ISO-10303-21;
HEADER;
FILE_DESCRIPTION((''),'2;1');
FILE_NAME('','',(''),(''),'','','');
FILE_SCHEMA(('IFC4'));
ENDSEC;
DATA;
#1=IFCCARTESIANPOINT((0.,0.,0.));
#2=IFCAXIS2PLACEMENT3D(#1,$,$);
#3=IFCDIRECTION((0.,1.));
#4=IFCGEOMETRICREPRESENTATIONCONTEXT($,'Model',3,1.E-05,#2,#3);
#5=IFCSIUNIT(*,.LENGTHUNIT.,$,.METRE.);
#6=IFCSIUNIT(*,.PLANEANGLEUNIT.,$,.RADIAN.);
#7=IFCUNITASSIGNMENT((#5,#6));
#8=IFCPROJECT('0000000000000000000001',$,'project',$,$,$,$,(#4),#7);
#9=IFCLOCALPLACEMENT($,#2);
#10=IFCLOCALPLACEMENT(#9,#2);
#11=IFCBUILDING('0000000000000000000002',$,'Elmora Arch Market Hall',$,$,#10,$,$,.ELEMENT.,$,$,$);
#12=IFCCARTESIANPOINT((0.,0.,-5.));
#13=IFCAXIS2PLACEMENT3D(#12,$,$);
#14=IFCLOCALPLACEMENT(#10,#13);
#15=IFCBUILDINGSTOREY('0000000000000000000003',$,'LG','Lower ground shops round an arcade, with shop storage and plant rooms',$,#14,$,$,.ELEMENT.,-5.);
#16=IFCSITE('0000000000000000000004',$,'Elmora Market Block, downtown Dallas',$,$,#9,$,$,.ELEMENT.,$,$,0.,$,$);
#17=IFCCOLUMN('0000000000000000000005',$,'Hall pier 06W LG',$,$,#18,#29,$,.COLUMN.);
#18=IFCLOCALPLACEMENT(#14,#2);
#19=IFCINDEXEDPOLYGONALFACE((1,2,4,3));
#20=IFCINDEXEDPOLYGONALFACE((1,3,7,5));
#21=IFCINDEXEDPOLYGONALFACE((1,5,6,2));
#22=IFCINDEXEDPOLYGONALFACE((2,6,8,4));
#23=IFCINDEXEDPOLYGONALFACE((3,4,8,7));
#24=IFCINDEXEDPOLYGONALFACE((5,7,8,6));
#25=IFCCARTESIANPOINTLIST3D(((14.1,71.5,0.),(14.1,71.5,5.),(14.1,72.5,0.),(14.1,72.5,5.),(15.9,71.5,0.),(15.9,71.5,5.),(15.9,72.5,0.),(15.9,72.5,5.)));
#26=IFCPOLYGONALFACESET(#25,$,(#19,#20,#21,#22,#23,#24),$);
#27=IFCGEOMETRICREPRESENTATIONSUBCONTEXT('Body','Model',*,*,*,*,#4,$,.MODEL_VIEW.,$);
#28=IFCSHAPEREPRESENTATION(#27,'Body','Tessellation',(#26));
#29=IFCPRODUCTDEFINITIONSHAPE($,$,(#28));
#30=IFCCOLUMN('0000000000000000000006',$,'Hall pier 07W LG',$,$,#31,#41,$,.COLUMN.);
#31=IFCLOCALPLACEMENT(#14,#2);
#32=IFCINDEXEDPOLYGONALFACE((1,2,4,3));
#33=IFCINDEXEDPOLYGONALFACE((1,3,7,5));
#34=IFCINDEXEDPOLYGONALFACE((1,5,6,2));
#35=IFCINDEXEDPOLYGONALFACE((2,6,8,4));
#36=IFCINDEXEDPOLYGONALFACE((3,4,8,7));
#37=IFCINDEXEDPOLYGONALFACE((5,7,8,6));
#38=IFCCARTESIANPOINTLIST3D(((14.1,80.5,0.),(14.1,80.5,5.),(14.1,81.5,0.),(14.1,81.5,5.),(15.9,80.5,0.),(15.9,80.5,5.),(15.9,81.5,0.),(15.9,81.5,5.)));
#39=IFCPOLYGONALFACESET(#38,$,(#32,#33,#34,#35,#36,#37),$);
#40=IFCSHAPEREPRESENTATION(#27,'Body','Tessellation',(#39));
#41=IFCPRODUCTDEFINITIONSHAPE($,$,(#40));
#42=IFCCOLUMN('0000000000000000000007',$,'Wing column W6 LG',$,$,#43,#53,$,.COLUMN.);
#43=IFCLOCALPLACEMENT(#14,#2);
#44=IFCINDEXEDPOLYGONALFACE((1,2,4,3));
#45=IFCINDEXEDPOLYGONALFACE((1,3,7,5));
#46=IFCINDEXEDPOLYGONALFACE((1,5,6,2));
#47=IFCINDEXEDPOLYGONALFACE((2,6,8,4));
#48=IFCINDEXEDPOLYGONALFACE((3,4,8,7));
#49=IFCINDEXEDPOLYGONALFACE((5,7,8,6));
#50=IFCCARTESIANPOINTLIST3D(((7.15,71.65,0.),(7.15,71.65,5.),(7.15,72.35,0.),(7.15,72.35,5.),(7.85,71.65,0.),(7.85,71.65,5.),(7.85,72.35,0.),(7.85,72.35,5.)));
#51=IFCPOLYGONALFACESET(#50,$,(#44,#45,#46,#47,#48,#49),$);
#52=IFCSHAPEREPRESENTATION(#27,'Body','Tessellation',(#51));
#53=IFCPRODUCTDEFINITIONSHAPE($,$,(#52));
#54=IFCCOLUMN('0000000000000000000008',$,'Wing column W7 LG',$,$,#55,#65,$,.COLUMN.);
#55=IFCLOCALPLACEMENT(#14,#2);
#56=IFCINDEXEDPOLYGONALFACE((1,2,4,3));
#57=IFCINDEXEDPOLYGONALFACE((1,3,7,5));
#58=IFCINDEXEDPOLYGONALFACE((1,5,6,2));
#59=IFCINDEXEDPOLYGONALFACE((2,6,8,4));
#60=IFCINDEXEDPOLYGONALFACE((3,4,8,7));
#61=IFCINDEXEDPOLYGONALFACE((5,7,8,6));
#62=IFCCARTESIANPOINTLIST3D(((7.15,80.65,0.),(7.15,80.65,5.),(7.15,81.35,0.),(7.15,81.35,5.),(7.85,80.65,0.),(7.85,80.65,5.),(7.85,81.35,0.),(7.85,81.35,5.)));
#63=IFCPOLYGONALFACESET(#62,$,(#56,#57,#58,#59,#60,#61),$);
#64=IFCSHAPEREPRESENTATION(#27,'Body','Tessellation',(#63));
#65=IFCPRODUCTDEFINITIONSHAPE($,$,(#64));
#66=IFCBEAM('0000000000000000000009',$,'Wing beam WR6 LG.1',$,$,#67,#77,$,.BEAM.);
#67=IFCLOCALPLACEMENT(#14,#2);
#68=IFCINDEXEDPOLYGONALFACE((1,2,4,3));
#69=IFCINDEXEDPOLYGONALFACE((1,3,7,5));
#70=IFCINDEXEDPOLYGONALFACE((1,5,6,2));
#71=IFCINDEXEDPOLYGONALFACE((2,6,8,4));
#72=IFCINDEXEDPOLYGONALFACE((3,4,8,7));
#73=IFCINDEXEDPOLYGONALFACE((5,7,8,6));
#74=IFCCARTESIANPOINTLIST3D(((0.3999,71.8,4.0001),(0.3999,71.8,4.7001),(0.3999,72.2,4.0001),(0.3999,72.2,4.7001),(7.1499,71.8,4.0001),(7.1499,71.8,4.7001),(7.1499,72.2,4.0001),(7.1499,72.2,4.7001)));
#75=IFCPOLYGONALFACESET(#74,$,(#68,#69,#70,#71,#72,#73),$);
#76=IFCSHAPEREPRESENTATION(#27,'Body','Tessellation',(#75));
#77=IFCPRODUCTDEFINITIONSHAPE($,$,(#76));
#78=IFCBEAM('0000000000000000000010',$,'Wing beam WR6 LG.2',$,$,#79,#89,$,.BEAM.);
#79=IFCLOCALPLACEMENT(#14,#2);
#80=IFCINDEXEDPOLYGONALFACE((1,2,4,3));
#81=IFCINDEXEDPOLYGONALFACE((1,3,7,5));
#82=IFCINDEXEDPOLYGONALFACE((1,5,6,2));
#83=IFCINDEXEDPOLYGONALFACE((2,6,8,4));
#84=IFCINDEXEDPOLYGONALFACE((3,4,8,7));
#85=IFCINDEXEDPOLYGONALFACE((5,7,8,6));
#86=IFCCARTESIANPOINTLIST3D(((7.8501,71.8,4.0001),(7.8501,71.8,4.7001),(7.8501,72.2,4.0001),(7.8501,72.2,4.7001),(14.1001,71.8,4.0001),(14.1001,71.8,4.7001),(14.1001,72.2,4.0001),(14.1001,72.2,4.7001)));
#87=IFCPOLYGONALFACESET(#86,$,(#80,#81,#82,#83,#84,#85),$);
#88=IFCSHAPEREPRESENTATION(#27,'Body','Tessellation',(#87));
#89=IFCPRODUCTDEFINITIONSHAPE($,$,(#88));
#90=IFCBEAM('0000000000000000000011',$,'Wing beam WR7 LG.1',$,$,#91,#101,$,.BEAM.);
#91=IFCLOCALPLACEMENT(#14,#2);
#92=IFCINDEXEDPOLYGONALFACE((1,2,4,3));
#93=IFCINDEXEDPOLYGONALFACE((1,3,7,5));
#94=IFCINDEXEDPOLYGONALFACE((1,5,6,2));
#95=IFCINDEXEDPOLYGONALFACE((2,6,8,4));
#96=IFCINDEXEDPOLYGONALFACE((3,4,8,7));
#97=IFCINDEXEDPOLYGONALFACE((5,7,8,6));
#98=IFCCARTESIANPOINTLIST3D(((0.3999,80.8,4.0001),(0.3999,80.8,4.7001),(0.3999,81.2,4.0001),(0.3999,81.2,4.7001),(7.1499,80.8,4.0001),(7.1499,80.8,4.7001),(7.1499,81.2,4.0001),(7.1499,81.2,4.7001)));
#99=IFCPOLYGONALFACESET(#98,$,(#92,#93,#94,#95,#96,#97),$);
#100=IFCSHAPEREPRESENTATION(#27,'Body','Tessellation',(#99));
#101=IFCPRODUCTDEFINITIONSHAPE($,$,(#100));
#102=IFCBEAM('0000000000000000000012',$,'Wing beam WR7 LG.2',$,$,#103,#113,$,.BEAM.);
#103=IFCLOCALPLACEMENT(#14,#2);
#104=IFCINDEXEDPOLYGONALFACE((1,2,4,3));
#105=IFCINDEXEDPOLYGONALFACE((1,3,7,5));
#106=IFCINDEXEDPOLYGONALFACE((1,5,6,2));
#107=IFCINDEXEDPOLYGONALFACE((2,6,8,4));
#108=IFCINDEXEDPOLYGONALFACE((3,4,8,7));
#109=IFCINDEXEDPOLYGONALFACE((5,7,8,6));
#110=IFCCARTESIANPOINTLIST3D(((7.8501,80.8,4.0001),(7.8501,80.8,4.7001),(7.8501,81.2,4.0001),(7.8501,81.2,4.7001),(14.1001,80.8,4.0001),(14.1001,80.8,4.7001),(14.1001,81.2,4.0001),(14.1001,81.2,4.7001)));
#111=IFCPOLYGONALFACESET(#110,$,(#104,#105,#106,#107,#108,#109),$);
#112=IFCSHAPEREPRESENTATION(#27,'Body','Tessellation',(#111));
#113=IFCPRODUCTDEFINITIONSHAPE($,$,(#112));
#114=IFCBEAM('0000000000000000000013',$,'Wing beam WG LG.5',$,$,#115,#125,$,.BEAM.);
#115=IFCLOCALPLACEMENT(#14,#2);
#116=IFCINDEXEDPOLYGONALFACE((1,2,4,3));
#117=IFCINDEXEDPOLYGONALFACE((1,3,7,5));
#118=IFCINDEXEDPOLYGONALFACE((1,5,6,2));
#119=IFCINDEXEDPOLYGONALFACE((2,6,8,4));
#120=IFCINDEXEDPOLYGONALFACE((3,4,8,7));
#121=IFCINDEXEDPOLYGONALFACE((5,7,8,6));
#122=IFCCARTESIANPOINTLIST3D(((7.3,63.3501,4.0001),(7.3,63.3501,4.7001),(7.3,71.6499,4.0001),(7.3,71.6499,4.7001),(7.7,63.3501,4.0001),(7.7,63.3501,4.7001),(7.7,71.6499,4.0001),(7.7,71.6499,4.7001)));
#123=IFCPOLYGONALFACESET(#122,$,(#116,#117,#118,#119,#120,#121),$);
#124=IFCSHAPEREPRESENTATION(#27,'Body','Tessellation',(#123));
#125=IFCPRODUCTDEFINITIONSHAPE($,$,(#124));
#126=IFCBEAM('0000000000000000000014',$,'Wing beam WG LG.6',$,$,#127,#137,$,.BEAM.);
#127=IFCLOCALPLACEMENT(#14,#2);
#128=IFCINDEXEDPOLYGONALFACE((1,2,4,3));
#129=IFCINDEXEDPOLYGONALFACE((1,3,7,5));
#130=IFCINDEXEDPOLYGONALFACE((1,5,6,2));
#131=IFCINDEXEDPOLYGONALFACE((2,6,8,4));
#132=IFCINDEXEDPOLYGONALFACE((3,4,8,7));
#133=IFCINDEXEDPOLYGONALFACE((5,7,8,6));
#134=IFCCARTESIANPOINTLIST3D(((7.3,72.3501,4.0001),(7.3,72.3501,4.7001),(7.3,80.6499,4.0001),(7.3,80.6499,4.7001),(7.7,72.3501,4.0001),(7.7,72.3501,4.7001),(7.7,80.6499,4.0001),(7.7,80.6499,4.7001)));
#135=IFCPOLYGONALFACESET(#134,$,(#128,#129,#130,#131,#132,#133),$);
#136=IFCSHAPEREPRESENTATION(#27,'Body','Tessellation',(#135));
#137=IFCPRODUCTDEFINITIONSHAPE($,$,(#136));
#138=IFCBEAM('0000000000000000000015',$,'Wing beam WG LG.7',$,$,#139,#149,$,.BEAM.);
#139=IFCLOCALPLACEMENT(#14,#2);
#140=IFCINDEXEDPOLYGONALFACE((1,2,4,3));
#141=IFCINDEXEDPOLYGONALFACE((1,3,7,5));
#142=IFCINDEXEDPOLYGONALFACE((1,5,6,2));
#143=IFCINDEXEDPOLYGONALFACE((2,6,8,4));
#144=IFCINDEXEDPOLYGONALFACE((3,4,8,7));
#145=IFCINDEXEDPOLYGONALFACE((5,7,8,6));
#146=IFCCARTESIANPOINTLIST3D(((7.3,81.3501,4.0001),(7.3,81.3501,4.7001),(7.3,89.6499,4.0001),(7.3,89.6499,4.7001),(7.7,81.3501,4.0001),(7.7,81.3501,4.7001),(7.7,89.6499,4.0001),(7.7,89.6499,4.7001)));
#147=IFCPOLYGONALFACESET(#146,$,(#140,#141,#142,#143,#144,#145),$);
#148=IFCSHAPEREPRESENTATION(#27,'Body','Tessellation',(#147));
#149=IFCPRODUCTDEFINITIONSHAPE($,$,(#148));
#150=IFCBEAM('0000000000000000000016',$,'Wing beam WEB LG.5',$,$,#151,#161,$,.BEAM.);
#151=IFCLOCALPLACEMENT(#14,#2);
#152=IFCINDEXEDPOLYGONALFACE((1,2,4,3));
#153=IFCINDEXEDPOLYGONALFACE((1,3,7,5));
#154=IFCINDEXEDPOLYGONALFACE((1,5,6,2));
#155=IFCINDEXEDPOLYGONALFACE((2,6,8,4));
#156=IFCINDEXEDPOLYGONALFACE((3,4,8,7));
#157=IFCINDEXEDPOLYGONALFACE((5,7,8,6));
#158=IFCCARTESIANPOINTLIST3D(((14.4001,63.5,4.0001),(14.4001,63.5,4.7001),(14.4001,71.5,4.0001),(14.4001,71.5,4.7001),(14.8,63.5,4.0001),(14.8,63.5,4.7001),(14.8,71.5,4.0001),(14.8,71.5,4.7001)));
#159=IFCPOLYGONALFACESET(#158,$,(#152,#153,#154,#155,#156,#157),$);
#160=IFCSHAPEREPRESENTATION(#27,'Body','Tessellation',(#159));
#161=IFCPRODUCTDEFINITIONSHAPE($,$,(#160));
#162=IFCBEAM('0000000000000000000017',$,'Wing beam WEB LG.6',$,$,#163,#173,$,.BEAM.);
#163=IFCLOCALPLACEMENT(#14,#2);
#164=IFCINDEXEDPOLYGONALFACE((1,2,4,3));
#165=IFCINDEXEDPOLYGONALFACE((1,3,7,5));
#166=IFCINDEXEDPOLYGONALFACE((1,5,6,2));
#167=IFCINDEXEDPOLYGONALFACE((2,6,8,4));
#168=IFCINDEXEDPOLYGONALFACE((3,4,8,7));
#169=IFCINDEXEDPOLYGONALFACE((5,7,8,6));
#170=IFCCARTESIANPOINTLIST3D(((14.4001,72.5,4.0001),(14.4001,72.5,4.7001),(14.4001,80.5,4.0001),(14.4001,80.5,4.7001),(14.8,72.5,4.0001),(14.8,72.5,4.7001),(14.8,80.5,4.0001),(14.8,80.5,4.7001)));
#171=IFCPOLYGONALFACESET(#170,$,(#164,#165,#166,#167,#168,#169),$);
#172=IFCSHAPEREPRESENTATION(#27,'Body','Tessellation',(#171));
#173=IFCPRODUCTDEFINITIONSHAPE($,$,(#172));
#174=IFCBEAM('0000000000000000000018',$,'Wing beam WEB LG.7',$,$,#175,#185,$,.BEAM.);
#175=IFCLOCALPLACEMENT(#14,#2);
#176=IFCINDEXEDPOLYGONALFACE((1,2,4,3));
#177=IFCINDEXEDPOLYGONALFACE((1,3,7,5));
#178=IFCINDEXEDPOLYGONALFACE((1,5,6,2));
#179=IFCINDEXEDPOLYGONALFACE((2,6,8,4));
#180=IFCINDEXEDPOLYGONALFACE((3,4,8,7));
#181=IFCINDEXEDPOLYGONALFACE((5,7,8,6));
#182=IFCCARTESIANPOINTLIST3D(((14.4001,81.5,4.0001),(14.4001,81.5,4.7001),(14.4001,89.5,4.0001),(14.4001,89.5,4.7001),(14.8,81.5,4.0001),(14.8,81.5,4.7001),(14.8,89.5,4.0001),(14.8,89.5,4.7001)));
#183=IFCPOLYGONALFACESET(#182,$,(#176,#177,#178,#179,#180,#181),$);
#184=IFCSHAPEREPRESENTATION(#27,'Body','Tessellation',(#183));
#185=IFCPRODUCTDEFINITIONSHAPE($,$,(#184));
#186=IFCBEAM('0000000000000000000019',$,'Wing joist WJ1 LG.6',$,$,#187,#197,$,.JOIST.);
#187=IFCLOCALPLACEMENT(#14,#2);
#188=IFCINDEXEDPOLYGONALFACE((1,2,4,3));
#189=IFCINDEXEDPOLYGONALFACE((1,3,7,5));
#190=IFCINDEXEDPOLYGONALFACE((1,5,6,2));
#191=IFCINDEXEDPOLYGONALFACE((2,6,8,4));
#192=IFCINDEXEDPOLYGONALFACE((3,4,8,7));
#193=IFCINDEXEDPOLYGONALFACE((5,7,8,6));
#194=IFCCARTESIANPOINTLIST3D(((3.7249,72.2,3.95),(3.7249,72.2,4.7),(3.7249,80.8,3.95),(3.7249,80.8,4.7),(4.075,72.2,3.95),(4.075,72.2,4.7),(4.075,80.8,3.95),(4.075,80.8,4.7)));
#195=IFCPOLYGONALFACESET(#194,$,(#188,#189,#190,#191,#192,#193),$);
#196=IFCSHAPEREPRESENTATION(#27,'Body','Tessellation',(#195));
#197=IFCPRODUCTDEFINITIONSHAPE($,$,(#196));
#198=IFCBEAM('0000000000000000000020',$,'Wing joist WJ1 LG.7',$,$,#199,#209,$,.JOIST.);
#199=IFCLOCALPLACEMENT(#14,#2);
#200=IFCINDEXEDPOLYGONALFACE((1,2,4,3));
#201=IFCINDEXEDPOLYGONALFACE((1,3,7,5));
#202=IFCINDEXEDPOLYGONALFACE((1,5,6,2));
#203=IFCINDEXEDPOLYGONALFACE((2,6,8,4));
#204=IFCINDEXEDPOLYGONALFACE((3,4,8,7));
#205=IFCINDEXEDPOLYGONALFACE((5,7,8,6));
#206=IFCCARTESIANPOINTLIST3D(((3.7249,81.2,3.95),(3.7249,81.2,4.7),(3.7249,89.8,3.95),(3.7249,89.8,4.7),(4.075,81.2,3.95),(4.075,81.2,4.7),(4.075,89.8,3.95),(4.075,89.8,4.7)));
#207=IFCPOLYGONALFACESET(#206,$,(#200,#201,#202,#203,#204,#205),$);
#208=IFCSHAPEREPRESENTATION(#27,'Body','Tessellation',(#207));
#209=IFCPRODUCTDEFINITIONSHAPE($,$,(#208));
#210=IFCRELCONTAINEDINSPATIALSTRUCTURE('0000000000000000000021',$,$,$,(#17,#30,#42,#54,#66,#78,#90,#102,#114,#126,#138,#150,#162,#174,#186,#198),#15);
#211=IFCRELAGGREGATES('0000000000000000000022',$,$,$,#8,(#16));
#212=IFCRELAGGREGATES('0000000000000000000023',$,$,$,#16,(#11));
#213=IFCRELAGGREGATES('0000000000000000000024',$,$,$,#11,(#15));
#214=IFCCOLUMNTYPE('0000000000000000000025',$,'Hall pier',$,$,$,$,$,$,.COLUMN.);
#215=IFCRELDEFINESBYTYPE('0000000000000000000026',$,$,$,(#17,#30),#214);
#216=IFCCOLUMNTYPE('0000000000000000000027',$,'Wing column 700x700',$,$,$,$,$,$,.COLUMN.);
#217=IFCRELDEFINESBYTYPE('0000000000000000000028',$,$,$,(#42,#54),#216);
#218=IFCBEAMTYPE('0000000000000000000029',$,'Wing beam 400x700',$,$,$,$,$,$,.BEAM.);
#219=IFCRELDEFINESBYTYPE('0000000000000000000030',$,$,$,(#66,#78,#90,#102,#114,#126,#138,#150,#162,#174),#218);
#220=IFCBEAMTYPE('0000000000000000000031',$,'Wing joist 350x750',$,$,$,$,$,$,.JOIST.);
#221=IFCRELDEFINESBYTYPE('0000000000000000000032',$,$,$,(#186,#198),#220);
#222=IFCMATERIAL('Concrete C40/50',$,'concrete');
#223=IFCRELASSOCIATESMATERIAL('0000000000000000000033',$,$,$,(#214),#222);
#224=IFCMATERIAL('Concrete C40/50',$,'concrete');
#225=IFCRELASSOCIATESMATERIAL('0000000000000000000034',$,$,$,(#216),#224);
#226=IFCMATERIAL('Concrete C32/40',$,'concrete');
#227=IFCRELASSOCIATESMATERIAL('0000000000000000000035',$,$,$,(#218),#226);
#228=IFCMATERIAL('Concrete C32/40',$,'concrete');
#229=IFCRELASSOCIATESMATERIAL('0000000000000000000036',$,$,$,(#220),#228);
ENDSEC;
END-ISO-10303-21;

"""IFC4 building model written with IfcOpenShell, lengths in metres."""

from ifc_helpers import new_model, si_unit, direction, frame, origin, origin_2d, place, context, subcontext, project, spatial, rectangle, extrude, material, material_profile, profile_set, type_object, element, save


model = new_model("IFC4")

# Units and contexts
model_context = context("Model", 3, precision=1e-05, world=origin(), true_north=direction((0.0, 1.0)))
body_context = subcontext(model_context, "Body", "Model", "MODEL_VIEW")
ifc_project = project(units=[si_unit("LENGTHUNIT", "METRE"), si_unit("PLANEANGLEUNIT", "RADIAN")], contexts=[model_context])

# Site, building, storey
site_placement = place(None, origin())
site = spatial("IfcSite", under=ifc_project, at=site_placement, Name="Elmora Market Block, downtown Dallas", CompositionType="ELEMENT", RefElevation=0.0)
building_placement = place(site_placement, origin())
building = spatial("IfcBuilding", under=site, at=building_placement, Name="Elmora Arch Market Hall", CompositionType="ELEMENT")
storey_placement = place(building_placement, frame((0.0, 0.0, -5.0)))
storey = spatial("IfcBuildingStorey", under=building, at=storey_placement, Name="LG", Description="Lower ground shops round an arcade, with shop storage and plant rooms", CompositionType="ELEMENT", Elevation=-5.0)

# Columns
ifc_material_1 = material(Name="Concrete C40/50", Category="concrete")
ifc_material_profile_1 = material_profile(ifc_material_1, rectangle(XDim=1.8, YDim=1.0, at=origin_2d()), Name="Hall pier")
ifc_profile_set_1 = profile_set([ifc_material_profile_1], Name="Concrete C40/50")
column_type_1 = type_object("IfcColumnType", Name="Hall pier", PredefinedType="COLUMN", material=ifc_profile_set_1)
for number, where, z_axis, x_axis, name in (
    (1, (15.0, 72.0, 0.0), (0.0, 0.0, 1.0), (1.0, 0.0, 0.0), "Hall pier 06W LG"),
    (2, (15.0, 81.0, 0.0), (0.0, 0.0, 1.0), (1.0, 0.0, 0.0), "Hall pier 07W LG"),
):
    element("IfcColumn", number, at=place(storey_placement, frame(where, z_axis=z_axis, x_axis=x_axis)), inside=storey, type_object=column_type_1, Name=name, PredefinedType="COLUMN", context=body_context, shape_type="SweptSolid", body=[
        extrude(rectangle(XDim=1.8, YDim=1.0, at=origin_2d()), origin(), (0.0, 0.0, 1.0), 5.0),
    ])
ifc_material_2 = material(Name="Concrete C40/50", Category="concrete")
ifc_material_profile_2 = material_profile(ifc_material_2, rectangle(XDim=0.7, YDim=0.7, at=origin_2d()), Name="Wing column 700x700")
ifc_profile_set_2 = profile_set([ifc_material_profile_2], Name="Concrete C40/50")
column_type_2 = type_object("IfcColumnType", Name="Wing column 700x700", PredefinedType="COLUMN", material=ifc_profile_set_2)
for number, where, z_axis, x_axis, name in (
    (3, (7.5, 72.0, 0.0), (0.0, 0.0, 1.0), (1.0, 0.0, 0.0), "Wing column W6 LG"),
    (4, (7.5, 81.0, 0.0), (0.0, 0.0, 1.0), (1.0, 0.0, 0.0), "Wing column W7 LG"),
):
    element("IfcColumn", number, at=place(storey_placement, frame(where, z_axis=z_axis, x_axis=x_axis)), inside=storey, type_object=column_type_2, Name=name, PredefinedType="COLUMN", context=body_context, shape_type="SweptSolid", body=[
        extrude(rectangle(XDim=0.7, YDim=0.7, at=origin_2d()), origin(), (0.0, 0.0, 1.0), 5.0),
    ])

# Beams
ifc_material_3 = material(Name="Concrete C32/40", Category="concrete")
ifc_material_profile_3 = material_profile(ifc_material_3, rectangle(XDim=0.3999, YDim=0.7, at=origin_2d()), Name="Wing beam 400x700")
ifc_profile_set_3 = profile_set([ifc_material_profile_3], Name="Concrete C32/40")
beam_type_1 = type_object("IfcBeamType", Name="Wing beam 400x700", PredefinedType="BEAM", material=ifc_profile_set_3)
beam_1_placement = place(storey_placement, frame((0.3999, 72.0, 4.3501), z_axis=(1.0, 0.0, 0.0), x_axis=(0.0, 1.0, 0.0)))
element("IfcBeam", 5, at=beam_1_placement, inside=storey, type_object=beam_type_1, Name="Wing beam WR6 LG.1", PredefinedType="BEAM", context=body_context, shape_type="SweptSolid", body=[
    extrude(rectangle(XDim=0.3999, YDim=0.7, at=origin_2d()), origin(), (0.0, 0.0, 1.0), 6.75),
])
beam_2_placement = place(storey_placement, frame((7.8501, 72.0, 4.3501), z_axis=(1.0, 0.0, 0.0), x_axis=(0.0, 1.0, 0.0)))
element("IfcBeam", 6, at=beam_2_placement, inside=storey, type_object=beam_type_1, Name="Wing beam WR6 LG.2", PredefinedType="BEAM", context=body_context, shape_type="SweptSolid", body=[
    extrude(rectangle(XDim=0.3999, YDim=0.7, at=origin_2d()), origin(), (0.0, 0.0, 1.0), 6.25),
])
beam_3_placement = place(storey_placement, frame((0.3999, 81.0, 4.3501), z_axis=(1.0, 0.0, 0.0), x_axis=(0.0, 1.0, 0.0)))
element("IfcBeam", 7, at=beam_3_placement, inside=storey, type_object=beam_type_1, Name="Wing beam WR7 LG.1", PredefinedType="BEAM", context=body_context, shape_type="SweptSolid", body=[
    extrude(rectangle(XDim=0.3999, YDim=0.7, at=origin_2d()), origin(), (0.0, 0.0, 1.0), 6.75),
])
beam_4_placement = place(storey_placement, frame((7.8501, 81.0, 4.3501), z_axis=(1.0, 0.0, 0.0), x_axis=(0.0, 1.0, 0.0)))
element("IfcBeam", 8, at=beam_4_placement, inside=storey, type_object=beam_type_1, Name="Wing beam WR7 LG.2", PredefinedType="BEAM", context=body_context, shape_type="SweptSolid", body=[
    extrude(rectangle(XDim=0.3999, YDim=0.7, at=origin_2d()), origin(), (0.0, 0.0, 1.0), 6.25),
])
for number, where, z_axis, x_axis, name in (
    (9, (7.5, 63.3501, 4.3501), (0.0, 1.0, 0.0), (-1.0, 0.0, 0.0), "Wing beam WG LG.5"),
    (10, (7.5, 72.3501, 4.3501), (0.0, 1.0, 0.0), (-1.0, 0.0, 0.0), "Wing beam WG LG.6"),
    (11, (7.5, 81.3501, 4.3501), (0.0, 1.0, 0.0), (-1.0, 0.0, 0.0), "Wing beam WG LG.7"),
):
    element("IfcBeam", number, at=place(storey_placement, frame(where, z_axis=z_axis, x_axis=x_axis)), inside=storey, type_object=beam_type_1, Name=name, PredefinedType="BEAM", context=body_context, shape_type="SweptSolid", body=[
        extrude(rectangle(XDim=0.3999, YDim=0.7, at=origin_2d()), origin(), (0.0, 0.0, 1.0), 8.2998),
    ])
for number, where, z_axis, x_axis, name in (
    (12, (14.6001, 63.5, 4.3501), (0.0, 1.0, 0.0), (-1.0, 0.0, 0.0), "Wing beam WEB LG.5"),
    (13, (14.6001, 72.5, 4.3501), (0.0, 1.0, 0.0), (-1.0, 0.0, 0.0), "Wing beam WEB LG.6"),
    (14, (14.6001, 81.5, 4.3501), (0.0, 1.0, 0.0), (-1.0, 0.0, 0.0), "Wing beam WEB LG.7"),
):
    element("IfcBeam", number, at=place(storey_placement, frame(where, z_axis=z_axis, x_axis=x_axis)), inside=storey, type_object=beam_type_1, Name=name, PredefinedType="BEAM", context=body_context, shape_type="SweptSolid", body=[
        extrude(rectangle(XDim=0.3999, YDim=0.7, at=origin_2d()), origin(), (0.0, 0.0, 1.0), 8.0),
    ])
ifc_material_4 = material(Name="Concrete C32/40", Category="concrete")
ifc_material_profile_4 = material_profile(ifc_material_4, rectangle(XDim=0.3501, YDim=0.75, at=origin_2d()), Name="Wing joist 350x750")
ifc_profile_set_4 = profile_set([ifc_material_profile_4], Name="Concrete C32/40")
beam_type_2 = type_object("IfcBeamType", Name="Wing joist 350x750", PredefinedType="JOIST", material=ifc_profile_set_4)
for number, where, z_axis, x_axis, name in (
    (15, (3.8999, 72.2, 4.325), (0.0, 1.0, 0.0), (-1.0, 0.0, 0.0), "Wing joist WJ1 LG.6"),
    (16, (3.8999, 81.2, 4.325), (0.0, 1.0, 0.0), (-1.0, 0.0, 0.0), "Wing joist WJ1 LG.7"),
):
    element("IfcBeam", number, at=place(storey_placement, frame(where, z_axis=z_axis, x_axis=x_axis)), inside=storey, type_object=beam_type_2, Name=name, PredefinedType="JOIST", context=body_context, shape_type="SweptSolid", body=[
        extrude(rectangle(XDim=0.3501, YDim=0.75, at=origin_2d()), origin(), (0.0, 0.0, 1.0), 8.6001),
    ])

save(model, "model.ifc")
